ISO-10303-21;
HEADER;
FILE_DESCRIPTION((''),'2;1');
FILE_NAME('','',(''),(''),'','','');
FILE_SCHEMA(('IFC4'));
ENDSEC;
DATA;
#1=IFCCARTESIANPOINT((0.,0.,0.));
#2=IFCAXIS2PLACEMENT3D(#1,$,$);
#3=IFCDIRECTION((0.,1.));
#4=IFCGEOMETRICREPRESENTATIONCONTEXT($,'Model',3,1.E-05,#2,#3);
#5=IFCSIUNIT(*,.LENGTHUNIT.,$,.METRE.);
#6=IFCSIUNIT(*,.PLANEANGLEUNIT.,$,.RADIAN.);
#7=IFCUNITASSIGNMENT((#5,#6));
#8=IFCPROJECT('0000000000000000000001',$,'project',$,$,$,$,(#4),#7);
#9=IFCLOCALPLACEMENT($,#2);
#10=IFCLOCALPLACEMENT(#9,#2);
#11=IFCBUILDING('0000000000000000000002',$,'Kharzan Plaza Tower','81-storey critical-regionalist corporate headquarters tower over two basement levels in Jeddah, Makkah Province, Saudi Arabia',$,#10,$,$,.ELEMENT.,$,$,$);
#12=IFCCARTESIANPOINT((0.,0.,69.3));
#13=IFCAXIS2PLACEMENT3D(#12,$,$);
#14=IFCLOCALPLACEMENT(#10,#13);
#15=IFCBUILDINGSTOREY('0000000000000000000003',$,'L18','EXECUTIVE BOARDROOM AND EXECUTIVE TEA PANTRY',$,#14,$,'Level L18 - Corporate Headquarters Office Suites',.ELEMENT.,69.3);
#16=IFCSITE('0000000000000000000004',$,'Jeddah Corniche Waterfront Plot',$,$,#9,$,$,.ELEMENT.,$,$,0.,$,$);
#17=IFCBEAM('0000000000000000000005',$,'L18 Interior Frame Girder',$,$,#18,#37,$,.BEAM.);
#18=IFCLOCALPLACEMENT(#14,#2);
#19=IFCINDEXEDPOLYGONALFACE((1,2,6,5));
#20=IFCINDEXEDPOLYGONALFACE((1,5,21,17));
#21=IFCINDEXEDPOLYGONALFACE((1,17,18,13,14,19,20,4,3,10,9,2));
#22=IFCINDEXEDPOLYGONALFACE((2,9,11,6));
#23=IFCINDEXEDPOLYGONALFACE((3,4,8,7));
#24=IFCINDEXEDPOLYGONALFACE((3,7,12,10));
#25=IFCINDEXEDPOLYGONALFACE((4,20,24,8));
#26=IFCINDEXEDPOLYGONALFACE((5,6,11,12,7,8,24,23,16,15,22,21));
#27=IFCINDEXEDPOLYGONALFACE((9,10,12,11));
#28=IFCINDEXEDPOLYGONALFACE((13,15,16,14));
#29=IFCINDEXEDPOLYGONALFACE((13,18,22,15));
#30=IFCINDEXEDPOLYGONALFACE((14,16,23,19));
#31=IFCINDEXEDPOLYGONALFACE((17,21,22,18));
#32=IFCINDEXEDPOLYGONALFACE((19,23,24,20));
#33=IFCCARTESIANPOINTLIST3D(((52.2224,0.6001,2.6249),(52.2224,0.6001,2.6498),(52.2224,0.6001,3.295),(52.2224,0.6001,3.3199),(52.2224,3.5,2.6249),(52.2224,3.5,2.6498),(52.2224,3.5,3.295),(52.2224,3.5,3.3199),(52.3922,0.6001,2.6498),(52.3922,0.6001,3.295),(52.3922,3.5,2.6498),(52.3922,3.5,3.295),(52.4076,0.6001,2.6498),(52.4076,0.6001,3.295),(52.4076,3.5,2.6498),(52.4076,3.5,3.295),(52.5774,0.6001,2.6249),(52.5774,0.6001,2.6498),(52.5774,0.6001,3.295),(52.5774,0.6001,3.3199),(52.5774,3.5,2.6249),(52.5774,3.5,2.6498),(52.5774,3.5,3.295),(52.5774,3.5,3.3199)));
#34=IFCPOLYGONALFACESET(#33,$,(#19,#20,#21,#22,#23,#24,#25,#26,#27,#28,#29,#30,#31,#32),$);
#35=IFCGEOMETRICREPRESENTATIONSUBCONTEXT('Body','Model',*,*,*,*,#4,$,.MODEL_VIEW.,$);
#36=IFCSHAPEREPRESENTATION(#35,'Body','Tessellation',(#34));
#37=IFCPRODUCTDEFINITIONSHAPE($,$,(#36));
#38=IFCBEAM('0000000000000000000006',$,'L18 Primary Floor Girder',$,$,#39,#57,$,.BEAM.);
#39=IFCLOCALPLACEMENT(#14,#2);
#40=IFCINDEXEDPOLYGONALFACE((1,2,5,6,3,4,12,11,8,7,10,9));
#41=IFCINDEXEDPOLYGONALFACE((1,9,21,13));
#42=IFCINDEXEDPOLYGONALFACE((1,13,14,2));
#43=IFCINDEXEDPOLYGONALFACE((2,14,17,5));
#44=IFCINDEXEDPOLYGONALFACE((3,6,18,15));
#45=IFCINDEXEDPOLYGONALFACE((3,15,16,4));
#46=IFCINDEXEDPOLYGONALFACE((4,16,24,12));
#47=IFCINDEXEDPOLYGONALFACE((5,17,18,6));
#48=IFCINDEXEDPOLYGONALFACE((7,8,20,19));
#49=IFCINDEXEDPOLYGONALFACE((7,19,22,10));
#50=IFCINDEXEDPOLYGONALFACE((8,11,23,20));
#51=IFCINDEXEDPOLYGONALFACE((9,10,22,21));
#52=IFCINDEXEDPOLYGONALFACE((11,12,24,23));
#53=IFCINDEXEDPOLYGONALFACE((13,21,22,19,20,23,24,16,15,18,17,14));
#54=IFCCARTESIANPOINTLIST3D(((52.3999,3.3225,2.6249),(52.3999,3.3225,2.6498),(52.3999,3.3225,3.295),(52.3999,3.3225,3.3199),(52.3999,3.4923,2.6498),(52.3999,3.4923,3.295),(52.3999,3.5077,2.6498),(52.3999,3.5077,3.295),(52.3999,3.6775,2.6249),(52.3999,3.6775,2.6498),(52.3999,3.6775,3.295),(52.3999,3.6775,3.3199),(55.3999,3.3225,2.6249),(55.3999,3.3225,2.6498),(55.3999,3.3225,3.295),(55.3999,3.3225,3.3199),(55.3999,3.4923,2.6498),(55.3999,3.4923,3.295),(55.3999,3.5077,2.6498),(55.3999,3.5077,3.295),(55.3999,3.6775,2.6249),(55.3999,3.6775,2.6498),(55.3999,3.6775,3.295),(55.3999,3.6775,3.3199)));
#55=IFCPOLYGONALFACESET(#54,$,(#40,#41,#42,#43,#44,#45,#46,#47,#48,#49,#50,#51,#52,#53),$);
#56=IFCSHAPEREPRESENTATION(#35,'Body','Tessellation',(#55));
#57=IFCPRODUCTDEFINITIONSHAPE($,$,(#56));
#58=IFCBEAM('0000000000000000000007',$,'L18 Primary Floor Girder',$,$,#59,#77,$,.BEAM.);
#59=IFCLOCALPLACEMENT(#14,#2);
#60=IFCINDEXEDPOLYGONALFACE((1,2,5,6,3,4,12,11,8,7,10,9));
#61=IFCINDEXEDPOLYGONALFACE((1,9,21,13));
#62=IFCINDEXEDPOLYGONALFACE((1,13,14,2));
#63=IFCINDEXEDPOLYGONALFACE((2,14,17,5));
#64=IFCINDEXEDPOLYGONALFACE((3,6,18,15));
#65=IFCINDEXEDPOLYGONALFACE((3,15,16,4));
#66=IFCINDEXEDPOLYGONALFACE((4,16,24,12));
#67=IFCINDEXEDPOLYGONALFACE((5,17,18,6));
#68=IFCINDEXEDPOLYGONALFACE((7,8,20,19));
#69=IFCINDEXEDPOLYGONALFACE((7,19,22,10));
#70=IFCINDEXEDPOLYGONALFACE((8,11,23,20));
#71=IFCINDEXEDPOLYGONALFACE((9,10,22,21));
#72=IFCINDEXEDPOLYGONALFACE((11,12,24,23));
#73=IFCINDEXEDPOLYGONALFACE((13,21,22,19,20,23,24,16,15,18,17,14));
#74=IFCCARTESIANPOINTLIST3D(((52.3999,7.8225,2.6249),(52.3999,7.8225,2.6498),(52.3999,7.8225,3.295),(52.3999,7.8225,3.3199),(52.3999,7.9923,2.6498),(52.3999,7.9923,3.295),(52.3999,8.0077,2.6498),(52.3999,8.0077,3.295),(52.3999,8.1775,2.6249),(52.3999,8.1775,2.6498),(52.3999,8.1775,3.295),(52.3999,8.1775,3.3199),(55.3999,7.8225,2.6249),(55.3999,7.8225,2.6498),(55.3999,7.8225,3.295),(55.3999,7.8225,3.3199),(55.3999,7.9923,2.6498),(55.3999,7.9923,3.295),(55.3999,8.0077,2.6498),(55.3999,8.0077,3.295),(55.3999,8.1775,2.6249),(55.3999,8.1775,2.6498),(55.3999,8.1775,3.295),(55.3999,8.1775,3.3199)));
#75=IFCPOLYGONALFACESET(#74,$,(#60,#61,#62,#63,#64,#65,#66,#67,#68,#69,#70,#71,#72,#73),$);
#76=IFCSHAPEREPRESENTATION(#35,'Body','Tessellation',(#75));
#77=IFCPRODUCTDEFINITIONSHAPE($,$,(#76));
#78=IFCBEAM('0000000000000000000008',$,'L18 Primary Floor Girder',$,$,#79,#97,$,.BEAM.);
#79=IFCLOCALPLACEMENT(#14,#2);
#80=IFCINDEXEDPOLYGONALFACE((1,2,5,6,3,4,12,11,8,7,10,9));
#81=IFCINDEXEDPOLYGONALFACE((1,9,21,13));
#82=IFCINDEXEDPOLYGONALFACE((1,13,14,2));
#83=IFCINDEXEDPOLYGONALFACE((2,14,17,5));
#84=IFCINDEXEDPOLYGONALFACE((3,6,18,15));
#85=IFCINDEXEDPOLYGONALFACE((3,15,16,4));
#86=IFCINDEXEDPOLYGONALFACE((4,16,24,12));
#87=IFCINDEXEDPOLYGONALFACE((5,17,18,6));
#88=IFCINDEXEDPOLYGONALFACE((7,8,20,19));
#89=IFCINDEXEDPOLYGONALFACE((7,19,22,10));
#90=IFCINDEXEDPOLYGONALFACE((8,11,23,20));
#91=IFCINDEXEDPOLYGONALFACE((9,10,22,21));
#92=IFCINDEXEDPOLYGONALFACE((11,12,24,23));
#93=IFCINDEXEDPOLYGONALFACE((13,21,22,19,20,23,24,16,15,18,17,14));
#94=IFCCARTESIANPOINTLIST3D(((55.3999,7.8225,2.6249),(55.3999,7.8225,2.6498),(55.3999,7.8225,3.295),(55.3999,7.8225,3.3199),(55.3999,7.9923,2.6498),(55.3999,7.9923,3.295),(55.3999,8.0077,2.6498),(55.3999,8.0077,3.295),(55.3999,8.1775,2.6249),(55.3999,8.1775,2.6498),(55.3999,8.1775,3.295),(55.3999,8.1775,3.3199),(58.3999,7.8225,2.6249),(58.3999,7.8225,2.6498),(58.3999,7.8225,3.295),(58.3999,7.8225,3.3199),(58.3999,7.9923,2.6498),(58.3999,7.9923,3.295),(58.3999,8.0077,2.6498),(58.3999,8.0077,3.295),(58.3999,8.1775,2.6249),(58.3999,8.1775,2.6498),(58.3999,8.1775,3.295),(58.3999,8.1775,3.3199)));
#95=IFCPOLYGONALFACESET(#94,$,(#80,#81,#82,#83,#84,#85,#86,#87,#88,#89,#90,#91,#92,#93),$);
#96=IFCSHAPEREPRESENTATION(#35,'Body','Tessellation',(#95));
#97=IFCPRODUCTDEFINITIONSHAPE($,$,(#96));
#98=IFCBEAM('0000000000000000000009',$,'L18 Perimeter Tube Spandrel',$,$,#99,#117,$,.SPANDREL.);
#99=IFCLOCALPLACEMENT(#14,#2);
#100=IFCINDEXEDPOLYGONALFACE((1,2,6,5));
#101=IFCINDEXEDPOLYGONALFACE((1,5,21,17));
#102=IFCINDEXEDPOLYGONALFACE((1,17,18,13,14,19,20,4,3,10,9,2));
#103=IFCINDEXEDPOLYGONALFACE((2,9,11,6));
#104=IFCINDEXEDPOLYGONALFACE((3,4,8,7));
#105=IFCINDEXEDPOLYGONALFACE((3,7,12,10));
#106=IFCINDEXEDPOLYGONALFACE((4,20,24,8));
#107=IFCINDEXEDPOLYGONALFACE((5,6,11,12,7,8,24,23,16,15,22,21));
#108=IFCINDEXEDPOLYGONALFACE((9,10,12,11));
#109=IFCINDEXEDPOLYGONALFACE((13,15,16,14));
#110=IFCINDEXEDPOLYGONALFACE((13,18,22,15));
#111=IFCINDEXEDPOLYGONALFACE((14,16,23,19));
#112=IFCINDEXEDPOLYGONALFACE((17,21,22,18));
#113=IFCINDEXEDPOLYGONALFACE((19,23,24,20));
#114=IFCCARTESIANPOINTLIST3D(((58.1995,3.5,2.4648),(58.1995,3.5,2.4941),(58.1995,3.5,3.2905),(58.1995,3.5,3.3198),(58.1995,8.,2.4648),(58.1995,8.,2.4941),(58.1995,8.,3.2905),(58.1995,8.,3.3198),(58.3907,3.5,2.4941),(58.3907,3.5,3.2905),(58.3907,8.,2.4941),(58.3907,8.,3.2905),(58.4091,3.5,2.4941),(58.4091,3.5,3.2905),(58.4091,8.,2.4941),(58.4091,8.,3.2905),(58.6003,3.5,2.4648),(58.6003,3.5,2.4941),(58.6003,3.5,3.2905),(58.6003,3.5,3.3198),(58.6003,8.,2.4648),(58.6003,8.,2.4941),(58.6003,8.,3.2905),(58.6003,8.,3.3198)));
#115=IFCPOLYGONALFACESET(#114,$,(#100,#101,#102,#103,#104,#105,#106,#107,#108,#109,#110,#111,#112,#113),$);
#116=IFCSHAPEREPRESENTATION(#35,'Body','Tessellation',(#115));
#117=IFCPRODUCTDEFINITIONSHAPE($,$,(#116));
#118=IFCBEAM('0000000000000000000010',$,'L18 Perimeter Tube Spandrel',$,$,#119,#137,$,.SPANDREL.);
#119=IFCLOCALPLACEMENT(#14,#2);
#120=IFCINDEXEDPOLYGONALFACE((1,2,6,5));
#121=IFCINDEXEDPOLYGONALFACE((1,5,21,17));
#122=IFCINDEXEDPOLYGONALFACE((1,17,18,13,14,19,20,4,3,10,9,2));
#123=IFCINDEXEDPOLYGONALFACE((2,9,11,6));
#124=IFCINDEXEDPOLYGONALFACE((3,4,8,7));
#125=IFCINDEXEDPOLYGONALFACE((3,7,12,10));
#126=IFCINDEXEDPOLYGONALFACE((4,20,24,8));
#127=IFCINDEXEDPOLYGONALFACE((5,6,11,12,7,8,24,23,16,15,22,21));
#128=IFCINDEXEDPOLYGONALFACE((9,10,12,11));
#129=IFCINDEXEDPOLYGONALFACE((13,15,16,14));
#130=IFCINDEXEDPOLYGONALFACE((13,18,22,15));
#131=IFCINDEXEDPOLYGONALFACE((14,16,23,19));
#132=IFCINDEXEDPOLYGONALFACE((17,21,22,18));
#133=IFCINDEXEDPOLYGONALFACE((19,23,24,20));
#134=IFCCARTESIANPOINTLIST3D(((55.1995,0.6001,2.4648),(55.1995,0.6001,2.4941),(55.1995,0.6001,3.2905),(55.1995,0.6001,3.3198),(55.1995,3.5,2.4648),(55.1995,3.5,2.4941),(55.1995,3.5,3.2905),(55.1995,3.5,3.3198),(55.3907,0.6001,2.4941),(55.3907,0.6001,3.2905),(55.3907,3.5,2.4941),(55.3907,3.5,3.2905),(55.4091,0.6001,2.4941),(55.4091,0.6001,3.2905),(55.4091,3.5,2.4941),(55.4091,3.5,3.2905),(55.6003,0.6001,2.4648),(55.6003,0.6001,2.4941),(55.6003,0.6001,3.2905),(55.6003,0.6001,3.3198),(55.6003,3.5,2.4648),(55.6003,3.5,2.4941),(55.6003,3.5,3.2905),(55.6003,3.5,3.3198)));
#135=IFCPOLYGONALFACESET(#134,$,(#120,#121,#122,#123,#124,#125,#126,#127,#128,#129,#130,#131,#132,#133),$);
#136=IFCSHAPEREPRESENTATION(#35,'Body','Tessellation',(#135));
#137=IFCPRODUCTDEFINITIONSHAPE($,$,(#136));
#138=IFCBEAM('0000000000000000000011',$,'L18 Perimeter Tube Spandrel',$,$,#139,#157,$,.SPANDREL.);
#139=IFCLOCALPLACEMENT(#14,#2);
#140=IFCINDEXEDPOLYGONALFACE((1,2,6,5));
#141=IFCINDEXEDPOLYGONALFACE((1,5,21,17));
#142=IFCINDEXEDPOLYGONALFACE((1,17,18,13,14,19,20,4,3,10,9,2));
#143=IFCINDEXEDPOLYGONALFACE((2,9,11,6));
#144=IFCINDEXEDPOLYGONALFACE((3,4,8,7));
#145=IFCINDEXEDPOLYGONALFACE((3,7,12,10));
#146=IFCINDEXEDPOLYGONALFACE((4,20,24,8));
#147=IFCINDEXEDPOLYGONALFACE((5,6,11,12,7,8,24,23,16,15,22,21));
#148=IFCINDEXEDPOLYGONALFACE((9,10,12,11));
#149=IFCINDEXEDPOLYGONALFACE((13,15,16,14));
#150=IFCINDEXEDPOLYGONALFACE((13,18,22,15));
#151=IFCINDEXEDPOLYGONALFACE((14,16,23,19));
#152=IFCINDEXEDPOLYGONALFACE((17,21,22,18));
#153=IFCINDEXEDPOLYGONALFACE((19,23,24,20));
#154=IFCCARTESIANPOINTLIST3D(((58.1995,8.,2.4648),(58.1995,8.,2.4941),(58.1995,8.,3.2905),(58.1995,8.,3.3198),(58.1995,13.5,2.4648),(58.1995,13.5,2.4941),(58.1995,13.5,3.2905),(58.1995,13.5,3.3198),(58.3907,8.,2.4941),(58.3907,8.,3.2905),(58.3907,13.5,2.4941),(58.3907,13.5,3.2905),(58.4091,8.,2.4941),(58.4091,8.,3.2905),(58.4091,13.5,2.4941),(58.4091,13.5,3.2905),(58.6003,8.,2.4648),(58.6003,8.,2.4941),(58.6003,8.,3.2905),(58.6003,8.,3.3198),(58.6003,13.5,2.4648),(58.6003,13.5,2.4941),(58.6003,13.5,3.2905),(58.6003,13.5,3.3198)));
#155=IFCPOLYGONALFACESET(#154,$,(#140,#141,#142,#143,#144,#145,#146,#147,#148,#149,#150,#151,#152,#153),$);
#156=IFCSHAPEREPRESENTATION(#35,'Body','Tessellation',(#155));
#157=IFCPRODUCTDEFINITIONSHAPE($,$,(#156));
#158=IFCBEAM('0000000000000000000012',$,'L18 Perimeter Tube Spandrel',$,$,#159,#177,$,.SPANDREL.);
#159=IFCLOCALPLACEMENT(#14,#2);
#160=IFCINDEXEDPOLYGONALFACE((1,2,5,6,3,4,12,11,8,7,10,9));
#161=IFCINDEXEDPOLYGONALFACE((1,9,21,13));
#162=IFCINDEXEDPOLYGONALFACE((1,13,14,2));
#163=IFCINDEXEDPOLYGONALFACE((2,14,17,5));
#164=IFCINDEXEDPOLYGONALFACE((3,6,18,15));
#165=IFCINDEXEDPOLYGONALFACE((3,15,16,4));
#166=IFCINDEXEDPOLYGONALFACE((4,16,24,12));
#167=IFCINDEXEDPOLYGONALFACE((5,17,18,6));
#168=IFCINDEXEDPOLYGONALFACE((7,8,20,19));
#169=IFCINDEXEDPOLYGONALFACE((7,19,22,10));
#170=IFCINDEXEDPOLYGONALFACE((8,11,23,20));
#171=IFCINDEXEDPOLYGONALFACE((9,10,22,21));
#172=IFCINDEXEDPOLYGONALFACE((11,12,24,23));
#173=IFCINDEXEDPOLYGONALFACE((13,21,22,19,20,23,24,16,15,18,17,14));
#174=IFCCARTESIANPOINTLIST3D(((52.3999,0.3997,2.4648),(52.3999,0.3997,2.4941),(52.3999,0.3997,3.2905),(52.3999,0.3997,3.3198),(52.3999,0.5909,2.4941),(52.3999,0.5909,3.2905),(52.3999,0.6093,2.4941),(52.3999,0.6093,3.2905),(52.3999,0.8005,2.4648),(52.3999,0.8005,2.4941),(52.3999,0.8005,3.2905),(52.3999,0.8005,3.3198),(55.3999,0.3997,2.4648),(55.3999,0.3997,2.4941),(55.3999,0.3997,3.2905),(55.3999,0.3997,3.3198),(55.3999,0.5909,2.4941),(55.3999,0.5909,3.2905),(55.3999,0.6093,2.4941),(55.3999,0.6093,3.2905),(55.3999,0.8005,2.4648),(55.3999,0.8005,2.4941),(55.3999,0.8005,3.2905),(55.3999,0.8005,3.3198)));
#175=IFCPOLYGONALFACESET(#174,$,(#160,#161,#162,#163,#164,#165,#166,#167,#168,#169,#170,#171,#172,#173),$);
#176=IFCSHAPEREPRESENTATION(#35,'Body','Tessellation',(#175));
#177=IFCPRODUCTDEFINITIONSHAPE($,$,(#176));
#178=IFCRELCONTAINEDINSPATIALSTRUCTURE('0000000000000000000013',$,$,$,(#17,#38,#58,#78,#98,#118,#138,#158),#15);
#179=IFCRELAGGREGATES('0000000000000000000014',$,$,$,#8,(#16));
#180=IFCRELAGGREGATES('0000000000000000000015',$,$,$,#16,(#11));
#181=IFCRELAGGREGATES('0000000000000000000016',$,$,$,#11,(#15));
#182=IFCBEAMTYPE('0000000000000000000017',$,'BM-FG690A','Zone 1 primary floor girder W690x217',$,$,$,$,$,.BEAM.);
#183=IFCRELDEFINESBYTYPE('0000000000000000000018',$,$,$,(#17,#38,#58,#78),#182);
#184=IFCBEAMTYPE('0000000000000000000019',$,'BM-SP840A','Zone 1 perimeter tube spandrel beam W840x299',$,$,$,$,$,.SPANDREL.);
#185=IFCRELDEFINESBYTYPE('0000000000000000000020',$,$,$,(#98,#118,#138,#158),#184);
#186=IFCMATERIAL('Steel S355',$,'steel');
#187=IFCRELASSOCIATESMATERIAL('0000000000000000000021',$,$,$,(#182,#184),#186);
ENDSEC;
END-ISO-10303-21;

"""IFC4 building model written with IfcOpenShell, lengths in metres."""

from ifc_helpers import new_model, si_unit, direction, frame, origin, origin_2d, place, context, subcontext, project, spatial, i_section, extrude, source, transform, mapped, material, material_profile, profile_set, type_object, element, save


model = new_model("IFC4")

# Units and contexts
model_context = context("Model", 3, precision=1e-05, world=origin(), true_north=direction((0.0, 1.0)))
body_context = subcontext(model_context, "Body", "Model", "MODEL_VIEW")
ifc_project = project(units=[si_unit("LENGTHUNIT", "METRE"), si_unit("PLANEANGLEUNIT", "RADIAN")], contexts=[model_context])

# Site, building, storey
site_placement = place(None, origin())
site = spatial("IfcSite", under=ifc_project, at=site_placement, Name="Jeddah Corniche Waterfront Plot", CompositionType="ELEMENT", RefElevation=0.0)
building_placement = place(site_placement, origin())
building = spatial("IfcBuilding", under=site, at=building_placement, Name="Kharzan Plaza Tower", Description="81-storey critical-regionalist corporate headquarters tower over two basement levels in Jeddah, Makkah Province, Saudi Arabia", CompositionType="ELEMENT")
storey_placement = place(building_placement, frame((0.0, 0.0, 69.3)))
storey = spatial("IfcBuildingStorey", under=building, at=storey_placement, Name="L18", Description="EXECUTIVE BOARDROOM AND EXECUTIVE TEA PANTRY", LongName="Level L18 - Corporate Headquarters Office Suites", CompositionType="ELEMENT", Elevation=69.3)

# Beams
ifc_material_1 = material(Name="Steel S355", Category="steel")
ifc_material_profile_1 = material_profile(ifc_material_1, i_section(OverallWidth=0.355, OverallDepth=0.6951, WebThickness=0.0154, FlangeThickness=0.0249, at=origin_2d()), Name="W690x217")
ifc_profile_set_1 = profile_set([ifc_material_profile_1], Name="Steel S355")
beam_type_1 = type_object("IfcBeamType", Name="BM-FG690A", Description="Zone 1 primary floor girder W690x217", PredefinedType="BEAM", material=ifc_profile_set_1)
shared_shape_1 = source(origin(), body_context, "Body", "SweptSolid", [
    extrude(i_section(OverallWidth=0.355, OverallDepth=0.6951, WebThickness=0.0154, FlangeThickness=0.0249, at=origin_2d()), origin(), (0.0, 0.0, 1.0), 2.8999),
])
beam_1_placement = place(storey_placement, frame((52.3999, 0.6001, 2.9724), z_axis=(0.0, 1.0, 0.0), x_axis=(-1.0, 0.0, 0.0)))
element("IfcBeam", 1, at=beam_1_placement, inside=storey, type_object=beam_type_1, Name="L18 Interior Frame Girder", PredefinedType="BEAM", context=body_context, shape_type="MappedRepresentation", body=[
    mapped(shared_shape_1, transform((0.0, 0.0, 0.0), x_axis=(1.0, 0.0, 0.0), y_axis=(0.0, 1.0, 0.0), z_axis=(0.0, 0.0, 1.0))),
])
shared_shape_2 = source(origin(), body_context, "Body", "SweptSolid", [
    extrude(i_section(OverallWidth=0.355, OverallDepth=0.6951, WebThickness=0.0154, FlangeThickness=0.0249, at=origin_2d()), origin(), (0.0, 0.0, 1.0), 3.0),
])
for number, where, z_axis, x_axis, name in (
    (2, (52.3999, 3.5, 2.9724), (1.0, 0.0, 0.0), (0.0, 1.0, 0.0), "L18 Primary Floor Girder"),
    (3, (52.3999, 8.0, 2.9724), (1.0, 0.0, 0.0), (0.0, 1.0, 0.0), "L18 Primary Floor Girder"),
    (4, (55.3999, 8.0, 2.9724), (1.0, 0.0, 0.0), (0.0, 1.0, 0.0), "L18 Primary Floor Girder"),
):
    element("IfcBeam", number, at=place(storey_placement, frame(where, z_axis=z_axis, x_axis=x_axis)), inside=storey, type_object=beam_type_1, Name=name, PredefinedType="BEAM", context=body_context, shape_type="MappedRepresentation", body=[
        mapped(shared_shape_2, transform((0.0, 0.0, 0.0), x_axis=(1.0, 0.0, 0.0), y_axis=(0.0, 1.0, 0.0), z_axis=(0.0, 0.0, 1.0))),
    ])
ifc_material_profile_2 = material_profile(ifc_material_1, i_section(OverallWidth=0.4009, OverallDepth=0.855, WebThickness=0.0183, FlangeThickness=0.0293, at=origin_2d()), Name="W840x299")
ifc_profile_set_2 = profile_set([ifc_material_profile_2], Name="Steel S355")
beam_type_2 = type_object("IfcBeamType", Name="BM-SP840A", Description="Zone 1 perimeter tube spandrel beam W840x299", PredefinedType="SPANDREL", material=ifc_profile_set_2)
shared_shape_3 = source(origin(), body_context, "Body", "SweptSolid", [
    extrude(i_section(OverallWidth=0.4009, OverallDepth=0.855, WebThickness=0.0183, FlangeThickness=0.0293, at=origin_2d()), origin(), (0.0, 0.0, 1.0), 4.5),
])
beam_2_placement = place(storey_placement, frame((58.3999, 3.5, 2.8923), z_axis=(0.0, 1.0, 0.0), x_axis=(-1.0, 0.0, 0.0)))
element("IfcBeam", 5, at=beam_2_placement, inside=storey, type_object=beam_type_2, Name="L18 Perimeter Tube Spandrel", PredefinedType="SPANDREL", context=body_context, shape_type="MappedRepresentation", body=[
    mapped(shared_shape_3, transform((0.0, 0.0, 0.0), x_axis=(1.0, 0.0, 0.0), y_axis=(0.0, 1.0, 0.0), z_axis=(0.0, 0.0, 1.0))),
])
shared_shape_4 = source(origin(), body_context, "Body", "SweptSolid", [
    extrude(i_section(OverallWidth=0.4009, OverallDepth=0.855, WebThickness=0.0183, FlangeThickness=0.0293, at=origin_2d()), origin(), (0.0, 0.0, 1.0), 2.8999),
])
beam_3_placement = place(storey_placement, frame((55.3999, 0.6001, 2.8923), z_axis=(0.0, 1.0, 0.0), x_axis=(-1.0, 0.0, 0.0)))
element("IfcBeam", 6, at=beam_3_placement, inside=storey, type_object=beam_type_2, Name="L18 Perimeter Tube Spandrel", PredefinedType="SPANDREL", context=body_context, shape_type="MappedRepresentation", body=[
    mapped(shared_shape_4, transform((0.0, 0.0, 0.0), x_axis=(1.0, 0.0, 0.0), y_axis=(0.0, 1.0, 0.0), z_axis=(0.0, 0.0, 1.0))),
])
shared_shape_5 = source(origin(), body_context, "Body", "SweptSolid", [
    extrude(i_section(OverallWidth=0.4009, OverallDepth=0.855, WebThickness=0.0183, FlangeThickness=0.0293, at=origin_2d()), origin(), (0.0, 0.0, 1.0), 5.5),
])
beam_4_placement = place(storey_placement, frame((58.3999, 8.0, 2.8923), z_axis=(0.0, 1.0, 0.0), x_axis=(-1.0, 0.0, 0.0)))
element("IfcBeam", 7, at=beam_4_placement, inside=storey, type_object=beam_type_2, Name="L18 Perimeter Tube Spandrel", PredefinedType="SPANDREL", context=body_context, shape_type="MappedRepresentation", body=[
    mapped(shared_shape_5, transform((0.0, 0.0, 0.0), x_axis=(1.0, 0.0, 0.0), y_axis=(0.0, 1.0, 0.0), z_axis=(0.0, 0.0, 1.0))),
])
shared_shape_6 = source(origin(), body_context, "Body", "SweptSolid", [
    extrude(i_section(OverallWidth=0.4009, OverallDepth=0.855, WebThickness=0.0183, FlangeThickness=0.0293, at=origin_2d()), origin(), (0.0, 0.0, 1.0), 3.0),
])
for number, where, z_axis, x_axis, name in (
    (8, (52.3999, 0.6001, 2.8923), (1.0, 0.0, 0.0), (0.0, 1.0, 0.0), "L18 Perimeter Tube Spandrel"),
):
    element("IfcBeam", number, at=place(storey_placement, frame(where, z_axis=z_axis, x_axis=x_axis)), inside=storey, type_object=beam_type_2, Name=name, PredefinedType="SPANDREL", context=body_context, shape_type="MappedRepresentation", body=[
        mapped(shared_shape_6, transform((0.0, 0.0, 0.0), x_axis=(1.0, 0.0, 0.0), y_axis=(0.0, 1.0, 0.0), z_axis=(0.0, 0.0, 1.0))),
    ])

save(model, "model.ifc")
